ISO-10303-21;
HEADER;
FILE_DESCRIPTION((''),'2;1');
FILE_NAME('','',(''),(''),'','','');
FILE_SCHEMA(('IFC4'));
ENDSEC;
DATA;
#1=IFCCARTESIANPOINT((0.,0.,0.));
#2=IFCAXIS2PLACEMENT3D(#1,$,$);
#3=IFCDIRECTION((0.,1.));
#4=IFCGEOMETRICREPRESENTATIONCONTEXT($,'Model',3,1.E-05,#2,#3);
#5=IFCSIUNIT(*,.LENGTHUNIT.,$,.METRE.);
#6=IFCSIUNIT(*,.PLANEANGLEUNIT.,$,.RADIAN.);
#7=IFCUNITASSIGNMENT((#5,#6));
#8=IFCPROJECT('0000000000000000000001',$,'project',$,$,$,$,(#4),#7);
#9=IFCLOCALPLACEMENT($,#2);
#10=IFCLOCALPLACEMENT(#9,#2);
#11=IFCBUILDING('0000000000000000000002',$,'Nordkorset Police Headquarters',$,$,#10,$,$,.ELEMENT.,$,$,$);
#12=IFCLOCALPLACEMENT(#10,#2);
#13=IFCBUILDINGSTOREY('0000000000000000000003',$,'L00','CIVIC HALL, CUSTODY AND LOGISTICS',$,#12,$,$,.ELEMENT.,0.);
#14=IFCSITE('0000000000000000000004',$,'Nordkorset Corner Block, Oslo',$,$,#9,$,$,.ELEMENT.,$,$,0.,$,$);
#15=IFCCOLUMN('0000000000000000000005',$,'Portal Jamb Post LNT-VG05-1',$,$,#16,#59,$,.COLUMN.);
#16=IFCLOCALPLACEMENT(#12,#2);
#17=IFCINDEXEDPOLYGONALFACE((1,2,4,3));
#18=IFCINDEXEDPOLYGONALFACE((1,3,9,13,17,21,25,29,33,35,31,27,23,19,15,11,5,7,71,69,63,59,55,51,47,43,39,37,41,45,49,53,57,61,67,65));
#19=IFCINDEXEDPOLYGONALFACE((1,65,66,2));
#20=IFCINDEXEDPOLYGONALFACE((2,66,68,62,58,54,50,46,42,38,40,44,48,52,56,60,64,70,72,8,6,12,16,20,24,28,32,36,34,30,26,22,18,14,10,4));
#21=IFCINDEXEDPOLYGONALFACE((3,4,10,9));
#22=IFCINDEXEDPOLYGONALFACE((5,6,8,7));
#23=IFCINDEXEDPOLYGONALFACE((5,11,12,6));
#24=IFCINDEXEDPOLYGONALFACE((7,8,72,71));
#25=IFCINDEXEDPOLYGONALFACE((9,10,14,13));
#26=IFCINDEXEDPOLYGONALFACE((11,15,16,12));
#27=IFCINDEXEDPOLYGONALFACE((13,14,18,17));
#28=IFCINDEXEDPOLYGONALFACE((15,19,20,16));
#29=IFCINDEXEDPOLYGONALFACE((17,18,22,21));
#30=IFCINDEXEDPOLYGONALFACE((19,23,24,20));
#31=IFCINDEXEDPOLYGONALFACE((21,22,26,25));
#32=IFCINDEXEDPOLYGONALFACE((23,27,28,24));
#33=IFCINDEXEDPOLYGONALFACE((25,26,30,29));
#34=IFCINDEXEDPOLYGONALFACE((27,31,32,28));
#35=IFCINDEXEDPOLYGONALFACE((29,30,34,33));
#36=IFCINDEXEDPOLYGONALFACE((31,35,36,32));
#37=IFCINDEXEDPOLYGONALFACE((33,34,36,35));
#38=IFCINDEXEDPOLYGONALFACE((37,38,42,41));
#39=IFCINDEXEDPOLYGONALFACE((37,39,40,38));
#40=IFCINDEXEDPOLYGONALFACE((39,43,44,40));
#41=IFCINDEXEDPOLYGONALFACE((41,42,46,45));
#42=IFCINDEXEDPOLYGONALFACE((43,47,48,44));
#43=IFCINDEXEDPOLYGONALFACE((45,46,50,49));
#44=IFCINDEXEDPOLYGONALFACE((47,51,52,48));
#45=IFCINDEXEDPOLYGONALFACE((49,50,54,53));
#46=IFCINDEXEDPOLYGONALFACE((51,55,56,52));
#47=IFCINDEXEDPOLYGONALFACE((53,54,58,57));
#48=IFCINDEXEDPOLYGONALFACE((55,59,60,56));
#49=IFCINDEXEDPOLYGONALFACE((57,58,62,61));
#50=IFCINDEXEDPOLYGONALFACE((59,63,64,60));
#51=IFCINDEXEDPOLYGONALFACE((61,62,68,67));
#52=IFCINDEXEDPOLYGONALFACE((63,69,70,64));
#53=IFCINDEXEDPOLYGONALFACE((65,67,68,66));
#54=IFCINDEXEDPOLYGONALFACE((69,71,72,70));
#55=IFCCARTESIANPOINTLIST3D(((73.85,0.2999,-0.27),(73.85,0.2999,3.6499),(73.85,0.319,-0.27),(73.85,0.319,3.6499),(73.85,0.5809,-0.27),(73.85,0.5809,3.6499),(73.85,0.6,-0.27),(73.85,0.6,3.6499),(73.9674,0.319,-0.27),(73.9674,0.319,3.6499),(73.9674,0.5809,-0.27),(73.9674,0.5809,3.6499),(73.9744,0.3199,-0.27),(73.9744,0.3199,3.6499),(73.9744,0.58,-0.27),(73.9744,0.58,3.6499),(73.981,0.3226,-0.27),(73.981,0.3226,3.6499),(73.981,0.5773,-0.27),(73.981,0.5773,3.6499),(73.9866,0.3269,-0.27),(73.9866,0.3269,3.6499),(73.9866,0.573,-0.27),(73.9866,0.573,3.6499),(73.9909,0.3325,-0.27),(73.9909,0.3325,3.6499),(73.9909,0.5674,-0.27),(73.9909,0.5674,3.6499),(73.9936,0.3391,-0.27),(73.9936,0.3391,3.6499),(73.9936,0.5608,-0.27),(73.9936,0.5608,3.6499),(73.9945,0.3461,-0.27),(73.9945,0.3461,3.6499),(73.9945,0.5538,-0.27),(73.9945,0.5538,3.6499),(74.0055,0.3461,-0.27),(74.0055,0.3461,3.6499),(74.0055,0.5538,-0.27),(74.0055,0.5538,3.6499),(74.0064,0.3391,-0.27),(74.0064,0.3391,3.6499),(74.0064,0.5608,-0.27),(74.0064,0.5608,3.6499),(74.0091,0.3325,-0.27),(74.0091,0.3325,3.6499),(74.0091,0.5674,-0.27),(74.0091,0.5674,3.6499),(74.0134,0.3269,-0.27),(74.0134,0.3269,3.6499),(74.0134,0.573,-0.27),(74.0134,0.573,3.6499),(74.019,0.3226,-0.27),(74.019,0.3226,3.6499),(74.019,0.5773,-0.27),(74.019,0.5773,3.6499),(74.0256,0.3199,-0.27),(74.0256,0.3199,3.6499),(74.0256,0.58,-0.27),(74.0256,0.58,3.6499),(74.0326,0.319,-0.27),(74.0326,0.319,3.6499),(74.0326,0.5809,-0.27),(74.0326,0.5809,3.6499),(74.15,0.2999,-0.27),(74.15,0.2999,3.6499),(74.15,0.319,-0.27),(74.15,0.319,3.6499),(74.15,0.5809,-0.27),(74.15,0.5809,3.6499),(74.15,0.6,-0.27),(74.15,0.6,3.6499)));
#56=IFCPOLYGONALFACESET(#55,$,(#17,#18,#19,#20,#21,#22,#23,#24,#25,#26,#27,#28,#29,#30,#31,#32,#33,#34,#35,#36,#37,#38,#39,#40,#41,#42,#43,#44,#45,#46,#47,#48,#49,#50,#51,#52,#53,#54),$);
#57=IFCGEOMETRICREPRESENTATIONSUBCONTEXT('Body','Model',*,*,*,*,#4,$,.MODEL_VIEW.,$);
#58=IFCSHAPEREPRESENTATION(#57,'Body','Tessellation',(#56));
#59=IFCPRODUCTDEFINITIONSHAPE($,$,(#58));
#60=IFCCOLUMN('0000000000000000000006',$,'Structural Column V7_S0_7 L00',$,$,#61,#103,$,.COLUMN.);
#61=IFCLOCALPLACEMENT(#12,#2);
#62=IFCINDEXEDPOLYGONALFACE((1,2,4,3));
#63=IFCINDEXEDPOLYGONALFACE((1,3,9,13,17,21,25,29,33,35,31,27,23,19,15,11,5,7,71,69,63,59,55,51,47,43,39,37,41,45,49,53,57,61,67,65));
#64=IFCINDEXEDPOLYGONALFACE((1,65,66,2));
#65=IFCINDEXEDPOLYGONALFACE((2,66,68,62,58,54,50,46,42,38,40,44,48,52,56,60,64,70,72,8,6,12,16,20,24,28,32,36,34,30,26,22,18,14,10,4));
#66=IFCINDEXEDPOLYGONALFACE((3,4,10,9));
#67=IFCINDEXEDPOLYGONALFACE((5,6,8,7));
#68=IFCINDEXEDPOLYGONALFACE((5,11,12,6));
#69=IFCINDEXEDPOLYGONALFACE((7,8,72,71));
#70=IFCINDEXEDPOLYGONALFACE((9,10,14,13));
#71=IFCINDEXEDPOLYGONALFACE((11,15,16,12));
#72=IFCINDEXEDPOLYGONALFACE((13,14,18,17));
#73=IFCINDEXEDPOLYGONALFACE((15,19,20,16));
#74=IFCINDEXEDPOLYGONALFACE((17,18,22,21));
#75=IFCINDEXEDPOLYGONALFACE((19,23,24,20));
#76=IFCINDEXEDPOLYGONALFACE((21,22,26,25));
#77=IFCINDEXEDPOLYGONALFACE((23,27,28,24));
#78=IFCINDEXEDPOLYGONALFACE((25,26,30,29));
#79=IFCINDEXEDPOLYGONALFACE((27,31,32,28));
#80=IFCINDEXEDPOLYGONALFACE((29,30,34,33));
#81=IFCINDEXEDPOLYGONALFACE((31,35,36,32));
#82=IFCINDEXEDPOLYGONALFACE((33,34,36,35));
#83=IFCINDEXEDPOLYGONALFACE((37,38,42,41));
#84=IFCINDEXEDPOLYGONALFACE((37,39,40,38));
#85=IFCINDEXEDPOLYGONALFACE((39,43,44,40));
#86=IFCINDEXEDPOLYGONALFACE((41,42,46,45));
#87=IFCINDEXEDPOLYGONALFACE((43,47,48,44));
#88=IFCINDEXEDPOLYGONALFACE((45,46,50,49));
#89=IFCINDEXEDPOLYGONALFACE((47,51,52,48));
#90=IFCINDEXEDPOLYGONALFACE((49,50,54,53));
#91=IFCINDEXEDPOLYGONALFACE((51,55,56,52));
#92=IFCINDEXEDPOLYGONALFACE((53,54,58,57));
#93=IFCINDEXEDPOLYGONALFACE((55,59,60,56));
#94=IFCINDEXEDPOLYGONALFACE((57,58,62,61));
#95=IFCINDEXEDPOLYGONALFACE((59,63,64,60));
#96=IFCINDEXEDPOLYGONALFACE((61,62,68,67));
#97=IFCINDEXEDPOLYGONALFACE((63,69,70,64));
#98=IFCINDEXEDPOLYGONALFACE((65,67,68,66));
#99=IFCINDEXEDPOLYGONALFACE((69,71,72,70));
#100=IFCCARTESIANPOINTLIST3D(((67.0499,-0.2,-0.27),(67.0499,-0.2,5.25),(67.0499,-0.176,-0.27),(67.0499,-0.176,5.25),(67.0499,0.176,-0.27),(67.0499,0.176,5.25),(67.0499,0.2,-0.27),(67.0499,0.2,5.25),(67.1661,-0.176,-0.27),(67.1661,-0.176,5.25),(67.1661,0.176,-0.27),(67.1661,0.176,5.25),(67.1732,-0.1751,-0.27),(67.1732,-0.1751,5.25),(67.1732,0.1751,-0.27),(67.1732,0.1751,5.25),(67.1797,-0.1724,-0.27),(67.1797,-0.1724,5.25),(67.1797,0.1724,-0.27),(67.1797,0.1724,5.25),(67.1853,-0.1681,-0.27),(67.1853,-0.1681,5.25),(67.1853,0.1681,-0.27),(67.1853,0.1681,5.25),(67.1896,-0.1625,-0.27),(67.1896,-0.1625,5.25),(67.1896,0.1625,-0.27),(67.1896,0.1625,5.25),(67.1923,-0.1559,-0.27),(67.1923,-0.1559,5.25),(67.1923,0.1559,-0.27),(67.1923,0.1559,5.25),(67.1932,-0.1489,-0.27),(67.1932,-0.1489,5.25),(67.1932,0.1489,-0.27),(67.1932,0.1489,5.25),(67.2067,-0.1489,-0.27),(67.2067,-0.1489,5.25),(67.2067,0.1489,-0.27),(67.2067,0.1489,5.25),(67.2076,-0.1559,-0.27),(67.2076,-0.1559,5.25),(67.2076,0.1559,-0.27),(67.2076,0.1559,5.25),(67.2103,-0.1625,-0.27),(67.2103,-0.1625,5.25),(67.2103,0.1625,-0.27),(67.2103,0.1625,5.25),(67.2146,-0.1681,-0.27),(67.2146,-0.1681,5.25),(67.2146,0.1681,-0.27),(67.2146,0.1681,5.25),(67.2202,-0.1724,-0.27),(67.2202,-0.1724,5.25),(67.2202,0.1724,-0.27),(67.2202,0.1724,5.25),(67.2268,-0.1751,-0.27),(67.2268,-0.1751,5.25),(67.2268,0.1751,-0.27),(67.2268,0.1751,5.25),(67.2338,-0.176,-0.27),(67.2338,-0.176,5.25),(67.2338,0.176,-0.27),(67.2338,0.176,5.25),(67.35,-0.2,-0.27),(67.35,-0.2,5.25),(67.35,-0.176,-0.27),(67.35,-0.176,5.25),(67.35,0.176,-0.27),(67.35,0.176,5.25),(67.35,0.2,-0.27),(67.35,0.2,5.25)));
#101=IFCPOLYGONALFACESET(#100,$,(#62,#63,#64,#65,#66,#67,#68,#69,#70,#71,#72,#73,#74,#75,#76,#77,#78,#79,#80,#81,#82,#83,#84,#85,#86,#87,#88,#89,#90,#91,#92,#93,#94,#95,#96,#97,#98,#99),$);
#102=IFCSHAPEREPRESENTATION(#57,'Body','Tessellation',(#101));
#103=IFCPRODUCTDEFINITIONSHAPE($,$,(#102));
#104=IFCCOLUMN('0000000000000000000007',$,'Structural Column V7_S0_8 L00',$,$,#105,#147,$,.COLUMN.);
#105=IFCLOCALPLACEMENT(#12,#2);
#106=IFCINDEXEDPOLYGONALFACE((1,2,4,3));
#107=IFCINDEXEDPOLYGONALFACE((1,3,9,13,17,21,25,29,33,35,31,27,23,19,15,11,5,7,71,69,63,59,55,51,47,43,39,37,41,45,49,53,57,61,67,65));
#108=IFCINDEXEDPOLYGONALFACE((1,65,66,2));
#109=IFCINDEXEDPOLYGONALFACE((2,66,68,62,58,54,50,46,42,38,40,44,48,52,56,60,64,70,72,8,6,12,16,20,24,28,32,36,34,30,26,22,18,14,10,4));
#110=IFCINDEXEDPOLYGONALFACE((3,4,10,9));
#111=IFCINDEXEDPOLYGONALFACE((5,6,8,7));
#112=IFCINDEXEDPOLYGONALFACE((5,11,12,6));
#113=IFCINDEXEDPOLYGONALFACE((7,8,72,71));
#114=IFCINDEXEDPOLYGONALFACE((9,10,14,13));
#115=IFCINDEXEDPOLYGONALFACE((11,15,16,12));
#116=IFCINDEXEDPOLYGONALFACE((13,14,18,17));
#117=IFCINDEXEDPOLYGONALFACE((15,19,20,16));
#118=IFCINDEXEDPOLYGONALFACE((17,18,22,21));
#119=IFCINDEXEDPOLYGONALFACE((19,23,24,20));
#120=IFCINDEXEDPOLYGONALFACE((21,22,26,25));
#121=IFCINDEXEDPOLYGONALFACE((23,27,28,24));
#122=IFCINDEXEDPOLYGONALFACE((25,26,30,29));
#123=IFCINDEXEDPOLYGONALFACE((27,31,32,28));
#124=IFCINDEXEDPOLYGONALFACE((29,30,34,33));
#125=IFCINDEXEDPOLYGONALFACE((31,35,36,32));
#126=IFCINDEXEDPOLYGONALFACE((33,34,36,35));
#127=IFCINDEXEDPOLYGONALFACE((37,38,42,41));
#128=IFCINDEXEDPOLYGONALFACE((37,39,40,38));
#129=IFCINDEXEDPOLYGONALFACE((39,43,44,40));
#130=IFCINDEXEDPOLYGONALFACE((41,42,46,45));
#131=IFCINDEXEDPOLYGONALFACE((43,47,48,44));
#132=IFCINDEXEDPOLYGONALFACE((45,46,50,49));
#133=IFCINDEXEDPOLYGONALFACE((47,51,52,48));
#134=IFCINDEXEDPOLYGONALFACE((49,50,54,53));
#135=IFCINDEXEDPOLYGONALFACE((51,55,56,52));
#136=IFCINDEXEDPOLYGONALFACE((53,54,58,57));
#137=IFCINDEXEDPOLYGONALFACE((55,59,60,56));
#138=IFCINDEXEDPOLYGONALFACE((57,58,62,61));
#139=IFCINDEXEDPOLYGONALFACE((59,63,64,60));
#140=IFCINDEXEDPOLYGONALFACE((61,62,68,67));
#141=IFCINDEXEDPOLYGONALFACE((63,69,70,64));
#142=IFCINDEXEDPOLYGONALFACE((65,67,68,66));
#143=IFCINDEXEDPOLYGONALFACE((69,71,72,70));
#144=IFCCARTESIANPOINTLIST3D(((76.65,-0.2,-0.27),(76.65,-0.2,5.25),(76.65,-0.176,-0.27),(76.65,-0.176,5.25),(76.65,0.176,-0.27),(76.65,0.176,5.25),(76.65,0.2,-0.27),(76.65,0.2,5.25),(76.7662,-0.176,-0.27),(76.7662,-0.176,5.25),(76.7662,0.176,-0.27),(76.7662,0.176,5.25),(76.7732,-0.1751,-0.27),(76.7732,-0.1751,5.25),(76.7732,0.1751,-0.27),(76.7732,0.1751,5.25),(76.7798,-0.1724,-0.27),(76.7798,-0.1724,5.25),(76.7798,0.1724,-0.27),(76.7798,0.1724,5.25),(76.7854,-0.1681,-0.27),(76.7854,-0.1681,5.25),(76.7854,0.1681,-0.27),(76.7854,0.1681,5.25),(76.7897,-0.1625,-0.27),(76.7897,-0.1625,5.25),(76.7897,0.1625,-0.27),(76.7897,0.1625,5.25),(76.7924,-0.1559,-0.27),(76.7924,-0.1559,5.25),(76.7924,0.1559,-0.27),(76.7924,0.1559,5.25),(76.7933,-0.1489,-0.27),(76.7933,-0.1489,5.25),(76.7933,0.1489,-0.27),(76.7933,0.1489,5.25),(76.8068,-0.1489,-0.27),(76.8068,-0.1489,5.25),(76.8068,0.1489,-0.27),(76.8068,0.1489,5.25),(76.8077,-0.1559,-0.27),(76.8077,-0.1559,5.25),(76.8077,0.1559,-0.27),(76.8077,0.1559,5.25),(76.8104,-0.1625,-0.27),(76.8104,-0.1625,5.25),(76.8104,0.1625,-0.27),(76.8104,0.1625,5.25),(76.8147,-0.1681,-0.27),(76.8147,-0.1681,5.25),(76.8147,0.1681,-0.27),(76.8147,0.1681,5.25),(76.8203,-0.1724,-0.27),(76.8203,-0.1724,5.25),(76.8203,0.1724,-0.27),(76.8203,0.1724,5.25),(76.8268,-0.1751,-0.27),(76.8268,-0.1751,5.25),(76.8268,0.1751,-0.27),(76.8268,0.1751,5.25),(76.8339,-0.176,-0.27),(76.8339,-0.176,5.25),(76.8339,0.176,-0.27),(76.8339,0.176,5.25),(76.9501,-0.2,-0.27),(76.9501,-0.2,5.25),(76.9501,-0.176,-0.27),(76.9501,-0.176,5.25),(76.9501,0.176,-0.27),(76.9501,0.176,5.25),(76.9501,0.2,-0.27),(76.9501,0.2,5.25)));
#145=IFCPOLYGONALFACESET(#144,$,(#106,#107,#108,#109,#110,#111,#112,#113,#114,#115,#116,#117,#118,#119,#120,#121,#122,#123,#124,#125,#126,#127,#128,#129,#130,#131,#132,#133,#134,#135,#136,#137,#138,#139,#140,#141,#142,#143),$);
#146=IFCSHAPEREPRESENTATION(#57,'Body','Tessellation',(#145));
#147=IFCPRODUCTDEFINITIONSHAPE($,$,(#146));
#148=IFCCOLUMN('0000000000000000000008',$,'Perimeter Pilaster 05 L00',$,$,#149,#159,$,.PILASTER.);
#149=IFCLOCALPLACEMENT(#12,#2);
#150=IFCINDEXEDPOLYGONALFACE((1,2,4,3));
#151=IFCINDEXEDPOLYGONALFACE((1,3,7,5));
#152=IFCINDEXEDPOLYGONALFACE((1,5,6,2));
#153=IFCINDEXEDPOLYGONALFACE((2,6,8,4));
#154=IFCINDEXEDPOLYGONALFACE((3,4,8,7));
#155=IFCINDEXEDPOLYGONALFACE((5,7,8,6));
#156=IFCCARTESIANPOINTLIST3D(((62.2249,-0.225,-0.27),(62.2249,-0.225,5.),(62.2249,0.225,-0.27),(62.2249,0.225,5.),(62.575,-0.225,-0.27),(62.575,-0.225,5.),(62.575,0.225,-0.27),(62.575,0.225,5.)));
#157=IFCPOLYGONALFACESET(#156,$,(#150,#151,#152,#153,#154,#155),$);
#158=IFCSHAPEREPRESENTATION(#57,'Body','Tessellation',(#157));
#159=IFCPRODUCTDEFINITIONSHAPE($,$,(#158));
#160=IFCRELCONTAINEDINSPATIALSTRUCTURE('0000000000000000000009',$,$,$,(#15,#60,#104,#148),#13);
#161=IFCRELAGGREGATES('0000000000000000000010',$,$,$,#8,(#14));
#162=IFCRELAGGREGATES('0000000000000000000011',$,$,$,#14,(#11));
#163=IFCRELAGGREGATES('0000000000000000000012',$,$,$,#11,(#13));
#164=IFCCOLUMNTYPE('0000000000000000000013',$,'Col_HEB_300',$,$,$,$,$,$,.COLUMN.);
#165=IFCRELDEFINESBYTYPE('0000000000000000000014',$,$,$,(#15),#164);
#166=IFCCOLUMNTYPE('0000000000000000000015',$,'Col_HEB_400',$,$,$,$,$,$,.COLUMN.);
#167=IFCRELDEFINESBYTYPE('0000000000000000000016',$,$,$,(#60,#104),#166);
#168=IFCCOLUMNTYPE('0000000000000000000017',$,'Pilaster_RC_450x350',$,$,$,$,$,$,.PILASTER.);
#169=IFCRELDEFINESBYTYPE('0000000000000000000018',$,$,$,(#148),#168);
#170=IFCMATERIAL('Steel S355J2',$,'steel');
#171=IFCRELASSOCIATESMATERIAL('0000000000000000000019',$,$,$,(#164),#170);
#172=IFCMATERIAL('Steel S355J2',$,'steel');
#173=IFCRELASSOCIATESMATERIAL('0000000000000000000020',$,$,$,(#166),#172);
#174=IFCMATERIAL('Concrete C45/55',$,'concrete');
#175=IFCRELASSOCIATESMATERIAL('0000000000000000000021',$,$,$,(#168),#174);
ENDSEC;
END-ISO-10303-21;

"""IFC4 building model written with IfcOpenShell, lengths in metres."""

from ifc_helpers import new_model, si_unit, direction, frame, origin, origin_2d, place, context, subcontext, project, spatial, rectangle, i_section, extrude, material, material_profile, profile_set, type_object, element, save


model = new_model("IFC4")

# Units and contexts
model_context = context("Model", 3, precision=1e-05, world=origin(), true_north=direction((0.0, 1.0)))
body_context = subcontext(model_context, "Body", "Model", "MODEL_VIEW")
ifc_project = project(units=[si_unit("LENGTHUNIT", "METRE"), si_unit("PLANEANGLEUNIT", "RADIAN")], contexts=[model_context])

# Site, building, storey
site_placement = place(None, origin())
site = spatial("IfcSite", under=ifc_project, at=site_placement, Name="Nordkorset Corner Block, Oslo", CompositionType="ELEMENT", RefElevation=0.0)
building_placement = place(site_placement, origin())
building = spatial("IfcBuilding", under=site, at=building_placement, Name="Nordkorset Police Headquarters", CompositionType="ELEMENT")
storey_placement = place(building_placement, origin())
storey = spatial("IfcBuildingStorey", under=building, at=storey_placement, Name="L00", Description="CIVIC HALL, CUSTODY AND LOGISTICS", CompositionType="ELEMENT", Elevation=0.0)

# Columns
ifc_material_1 = material(Name="Steel S355J2", Category="steel")
ifc_material_profile_1 = material_profile(ifc_material_1, i_section(OverallWidth=0.3, OverallDepth=0.3, WebThickness=0.011, FlangeThickness=0.019, FilletRadius=0.0271, at=origin_2d()), Name="HEB 300")
ifc_profile_set_1 = profile_set([ifc_material_profile_1], Name="Steel S355J2")
column_type_1 = type_object("IfcColumnType", Name="Col_HEB_300", PredefinedType="COLUMN", material=ifc_profile_set_1)
for number, where, z_axis, x_axis, name in (
    (1, (74.0, 0.45, -0.27), (0.0, 0.0, 1.0), (1.0, 0.0, 0.0), "Portal Jamb Post LNT-VG05-1"),
):
    element("IfcColumn", number, at=place(storey_placement, frame(where, z_axis=z_axis, x_axis=x_axis)), inside=storey, type_object=column_type_1, Name=name, PredefinedType="COLUMN", context=body_context, shape_type="SweptSolid", body=[
        extrude(i_section(OverallWidth=0.3, OverallDepth=0.3, WebThickness=0.011, FlangeThickness=0.019, FilletRadius=0.0271, at=origin_2d()), origin(), (0.0, 0.0, 1.0), 3.9199),
    ])
ifc_material_2 = material(Name="Steel S355J2", Category="steel")
ifc_material_profile_2 = material_profile(ifc_material_2, i_section(OverallWidth=0.3, OverallDepth=0.3999, WebThickness=0.0134, FlangeThickness=0.0239, FilletRadius=0.0271, at=origin_2d()), Name="HEB 400")
ifc_profile_set_2 = profile_set([ifc_material_profile_2], Name="Steel S355J2")
column_type_2 = type_object("IfcColumnType", Name="Col_HEB_400", PredefinedType="COLUMN", material=ifc_profile_set_2)
for number, where, z_axis, x_axis, name in (
    (2, (67.2, 0.0, -0.27), (0.0, 0.0, 1.0), (1.0, 0.0, 0.0), "Structural Column V7_S0_7 L00"),
    (3, (76.8, 0.0, -0.27), (0.0, 0.0, 1.0), (1.0, 0.0, 0.0), "Structural Column V7_S0_8 L00"),
):
    element("IfcColumn", number, at=place(storey_placement, frame(where, z_axis=z_axis, x_axis=x_axis)), inside=storey, type_object=column_type_2, Name=name, PredefinedType="COLUMN", context=body_context, shape_type="SweptSolid", body=[
        extrude(i_section(OverallWidth=0.3, OverallDepth=0.3999, WebThickness=0.0134, FlangeThickness=0.0239, FilletRadius=0.0271, at=origin_2d()), origin(), (0.0, 0.0, 1.0), 5.52),
    ])
ifc_material_3 = material(Name="Concrete C45/55", Category="concrete")
ifc_material_profile_3 = material_profile(ifc_material_3, rectangle(XDim=0.3501, YDim=0.45, at=origin_2d()), Name="RC 450x350")
ifc_profile_set_3 = profile_set([ifc_material_profile_3], Name="Concrete C45/55")
column_type_3 = type_object("IfcColumnType", Name="Pilaster_RC_450x350", PredefinedType="PILASTER", material=ifc_profile_set_3)
column_placement = place(storey_placement, frame((62.3999, 0.0, -0.27), z_axis=(0.0, 0.0, 1.0), x_axis=(1.0, 0.0, 0.0)))
element("IfcColumn", 4, at=column_placement, inside=storey, type_object=column_type_3, Name="Perimeter Pilaster 05 L00", PredefinedType="PILASTER", context=body_context, shape_type="SweptSolid", body=[
    extrude(rectangle(XDim=0.3501, YDim=0.45, at=origin_2d()), origin(), (0.0, 0.0, 1.0), 5.27),
])

save(model, "model.ifc")
